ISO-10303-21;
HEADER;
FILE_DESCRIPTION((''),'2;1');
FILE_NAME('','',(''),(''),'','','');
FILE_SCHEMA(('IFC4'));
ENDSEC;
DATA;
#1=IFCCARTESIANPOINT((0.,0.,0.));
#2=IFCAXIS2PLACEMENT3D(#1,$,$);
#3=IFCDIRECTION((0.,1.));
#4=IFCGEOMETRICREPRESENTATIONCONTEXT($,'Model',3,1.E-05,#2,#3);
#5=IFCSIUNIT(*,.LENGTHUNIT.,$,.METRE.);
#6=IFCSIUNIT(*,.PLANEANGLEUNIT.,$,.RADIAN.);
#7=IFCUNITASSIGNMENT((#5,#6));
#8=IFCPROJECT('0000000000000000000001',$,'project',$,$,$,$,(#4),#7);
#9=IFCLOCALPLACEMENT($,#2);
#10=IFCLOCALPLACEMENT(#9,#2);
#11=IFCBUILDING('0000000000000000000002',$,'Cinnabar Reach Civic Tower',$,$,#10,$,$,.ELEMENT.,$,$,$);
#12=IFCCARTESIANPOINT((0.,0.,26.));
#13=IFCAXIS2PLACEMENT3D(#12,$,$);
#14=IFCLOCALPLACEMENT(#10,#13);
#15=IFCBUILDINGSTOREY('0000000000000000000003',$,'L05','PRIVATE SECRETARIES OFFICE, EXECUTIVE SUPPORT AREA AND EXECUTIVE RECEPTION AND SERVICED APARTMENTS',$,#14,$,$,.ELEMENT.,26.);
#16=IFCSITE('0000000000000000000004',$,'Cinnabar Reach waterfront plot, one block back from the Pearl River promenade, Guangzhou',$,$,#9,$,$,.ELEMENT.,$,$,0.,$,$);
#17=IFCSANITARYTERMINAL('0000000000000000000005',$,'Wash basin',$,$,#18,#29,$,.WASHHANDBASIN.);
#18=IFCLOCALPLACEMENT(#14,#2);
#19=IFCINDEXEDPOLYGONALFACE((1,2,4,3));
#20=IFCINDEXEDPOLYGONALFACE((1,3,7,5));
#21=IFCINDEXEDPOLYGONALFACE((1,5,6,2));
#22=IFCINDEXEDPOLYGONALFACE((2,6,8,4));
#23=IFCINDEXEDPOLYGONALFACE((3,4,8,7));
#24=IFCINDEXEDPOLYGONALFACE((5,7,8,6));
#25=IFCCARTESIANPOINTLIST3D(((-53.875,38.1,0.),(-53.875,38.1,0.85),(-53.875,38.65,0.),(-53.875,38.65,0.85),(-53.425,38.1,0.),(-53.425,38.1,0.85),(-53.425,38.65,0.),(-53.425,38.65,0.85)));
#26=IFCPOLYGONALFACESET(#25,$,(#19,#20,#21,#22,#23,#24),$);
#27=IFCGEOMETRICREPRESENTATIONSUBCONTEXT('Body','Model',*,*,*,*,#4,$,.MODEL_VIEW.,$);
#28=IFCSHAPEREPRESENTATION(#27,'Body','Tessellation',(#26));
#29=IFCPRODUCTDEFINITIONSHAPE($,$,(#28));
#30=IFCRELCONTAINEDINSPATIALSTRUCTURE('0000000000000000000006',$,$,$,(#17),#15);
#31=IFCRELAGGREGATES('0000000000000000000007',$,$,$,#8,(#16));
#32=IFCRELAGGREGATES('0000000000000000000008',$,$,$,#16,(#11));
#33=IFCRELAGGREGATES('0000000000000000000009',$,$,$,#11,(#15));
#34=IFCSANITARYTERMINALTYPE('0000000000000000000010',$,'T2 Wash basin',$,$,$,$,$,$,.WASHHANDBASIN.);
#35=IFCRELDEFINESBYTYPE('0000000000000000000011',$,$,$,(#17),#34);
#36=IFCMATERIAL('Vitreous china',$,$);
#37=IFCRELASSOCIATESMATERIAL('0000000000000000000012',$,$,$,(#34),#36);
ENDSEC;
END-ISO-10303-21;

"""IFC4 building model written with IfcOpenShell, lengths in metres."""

from ifc_helpers import new_model, si_unit, direction, frame, origin, origin_2d, place, context, subcontext, project, spatial, rectangle, extrude, material, type_object, element, save


model = new_model("IFC4")

# Units and contexts
model_context = context("Model", 3, precision=1e-05, world=origin(), true_north=direction((0.0, 1.0)))
body_context = subcontext(model_context, "Body", "Model", "MODEL_VIEW")
ifc_project = project(units=[si_unit("LENGTHUNIT", "METRE"), si_unit("PLANEANGLEUNIT", "RADIAN")], contexts=[model_context])

# Site, building, storey
site_placement = place(None, origin())
site = spatial("IfcSite", under=ifc_project, at=site_placement, Name="Cinnabar Reach waterfront plot, one block back from the Pearl River promenade, Guangzhou", CompositionType="ELEMENT", RefElevation=0.0)
building_placement = place(site_placement, origin())
building = spatial("IfcBuilding", under=site, at=building_placement, Name="Cinnabar Reach Civic Tower", CompositionType="ELEMENT")
storey_placement = place(building_placement, frame((0.0, 0.0, 26.0)))
storey = spatial("IfcBuildingStorey", under=building, at=storey_placement, Name="L05", Description="PRIVATE SECRETARIES OFFICE, EXECUTIVE SUPPORT AREA AND EXECUTIVE RECEPTION AND SERVICED APARTMENTS", CompositionType="ELEMENT", Elevation=26.0)

# Sanitary terminal
ifc_material_1 = material(Name="Vitreous china")
sanitary_terminal_type_1 = type_object("IfcSanitaryTerminalType", Name="T2 Wash basin", PredefinedType="WASHHANDBASIN", material=ifc_material_1)
for number, where, z_axis, x_axis, name in (
    (1, (-53.65, 38.375, 0.0), (0.0, 0.0, 1.0), (1.0, 0.0, 0.0), "Wash basin"),
):
    element("IfcSanitaryTerminal", number, at=place(storey_placement, frame(where, z_axis=z_axis, x_axis=x_axis)), inside=storey, type_object=sanitary_terminal_type_1, Name=name, PredefinedType="WASHHANDBASIN", context=body_context, shape_type="SweptSolid", body=[
        extrude(rectangle(XDim=0.45, YDim=0.55, at=origin_2d()), origin(), (0.0, 0.0, 1.0), 0.85),
    ])

save(model, "model.ifc")
